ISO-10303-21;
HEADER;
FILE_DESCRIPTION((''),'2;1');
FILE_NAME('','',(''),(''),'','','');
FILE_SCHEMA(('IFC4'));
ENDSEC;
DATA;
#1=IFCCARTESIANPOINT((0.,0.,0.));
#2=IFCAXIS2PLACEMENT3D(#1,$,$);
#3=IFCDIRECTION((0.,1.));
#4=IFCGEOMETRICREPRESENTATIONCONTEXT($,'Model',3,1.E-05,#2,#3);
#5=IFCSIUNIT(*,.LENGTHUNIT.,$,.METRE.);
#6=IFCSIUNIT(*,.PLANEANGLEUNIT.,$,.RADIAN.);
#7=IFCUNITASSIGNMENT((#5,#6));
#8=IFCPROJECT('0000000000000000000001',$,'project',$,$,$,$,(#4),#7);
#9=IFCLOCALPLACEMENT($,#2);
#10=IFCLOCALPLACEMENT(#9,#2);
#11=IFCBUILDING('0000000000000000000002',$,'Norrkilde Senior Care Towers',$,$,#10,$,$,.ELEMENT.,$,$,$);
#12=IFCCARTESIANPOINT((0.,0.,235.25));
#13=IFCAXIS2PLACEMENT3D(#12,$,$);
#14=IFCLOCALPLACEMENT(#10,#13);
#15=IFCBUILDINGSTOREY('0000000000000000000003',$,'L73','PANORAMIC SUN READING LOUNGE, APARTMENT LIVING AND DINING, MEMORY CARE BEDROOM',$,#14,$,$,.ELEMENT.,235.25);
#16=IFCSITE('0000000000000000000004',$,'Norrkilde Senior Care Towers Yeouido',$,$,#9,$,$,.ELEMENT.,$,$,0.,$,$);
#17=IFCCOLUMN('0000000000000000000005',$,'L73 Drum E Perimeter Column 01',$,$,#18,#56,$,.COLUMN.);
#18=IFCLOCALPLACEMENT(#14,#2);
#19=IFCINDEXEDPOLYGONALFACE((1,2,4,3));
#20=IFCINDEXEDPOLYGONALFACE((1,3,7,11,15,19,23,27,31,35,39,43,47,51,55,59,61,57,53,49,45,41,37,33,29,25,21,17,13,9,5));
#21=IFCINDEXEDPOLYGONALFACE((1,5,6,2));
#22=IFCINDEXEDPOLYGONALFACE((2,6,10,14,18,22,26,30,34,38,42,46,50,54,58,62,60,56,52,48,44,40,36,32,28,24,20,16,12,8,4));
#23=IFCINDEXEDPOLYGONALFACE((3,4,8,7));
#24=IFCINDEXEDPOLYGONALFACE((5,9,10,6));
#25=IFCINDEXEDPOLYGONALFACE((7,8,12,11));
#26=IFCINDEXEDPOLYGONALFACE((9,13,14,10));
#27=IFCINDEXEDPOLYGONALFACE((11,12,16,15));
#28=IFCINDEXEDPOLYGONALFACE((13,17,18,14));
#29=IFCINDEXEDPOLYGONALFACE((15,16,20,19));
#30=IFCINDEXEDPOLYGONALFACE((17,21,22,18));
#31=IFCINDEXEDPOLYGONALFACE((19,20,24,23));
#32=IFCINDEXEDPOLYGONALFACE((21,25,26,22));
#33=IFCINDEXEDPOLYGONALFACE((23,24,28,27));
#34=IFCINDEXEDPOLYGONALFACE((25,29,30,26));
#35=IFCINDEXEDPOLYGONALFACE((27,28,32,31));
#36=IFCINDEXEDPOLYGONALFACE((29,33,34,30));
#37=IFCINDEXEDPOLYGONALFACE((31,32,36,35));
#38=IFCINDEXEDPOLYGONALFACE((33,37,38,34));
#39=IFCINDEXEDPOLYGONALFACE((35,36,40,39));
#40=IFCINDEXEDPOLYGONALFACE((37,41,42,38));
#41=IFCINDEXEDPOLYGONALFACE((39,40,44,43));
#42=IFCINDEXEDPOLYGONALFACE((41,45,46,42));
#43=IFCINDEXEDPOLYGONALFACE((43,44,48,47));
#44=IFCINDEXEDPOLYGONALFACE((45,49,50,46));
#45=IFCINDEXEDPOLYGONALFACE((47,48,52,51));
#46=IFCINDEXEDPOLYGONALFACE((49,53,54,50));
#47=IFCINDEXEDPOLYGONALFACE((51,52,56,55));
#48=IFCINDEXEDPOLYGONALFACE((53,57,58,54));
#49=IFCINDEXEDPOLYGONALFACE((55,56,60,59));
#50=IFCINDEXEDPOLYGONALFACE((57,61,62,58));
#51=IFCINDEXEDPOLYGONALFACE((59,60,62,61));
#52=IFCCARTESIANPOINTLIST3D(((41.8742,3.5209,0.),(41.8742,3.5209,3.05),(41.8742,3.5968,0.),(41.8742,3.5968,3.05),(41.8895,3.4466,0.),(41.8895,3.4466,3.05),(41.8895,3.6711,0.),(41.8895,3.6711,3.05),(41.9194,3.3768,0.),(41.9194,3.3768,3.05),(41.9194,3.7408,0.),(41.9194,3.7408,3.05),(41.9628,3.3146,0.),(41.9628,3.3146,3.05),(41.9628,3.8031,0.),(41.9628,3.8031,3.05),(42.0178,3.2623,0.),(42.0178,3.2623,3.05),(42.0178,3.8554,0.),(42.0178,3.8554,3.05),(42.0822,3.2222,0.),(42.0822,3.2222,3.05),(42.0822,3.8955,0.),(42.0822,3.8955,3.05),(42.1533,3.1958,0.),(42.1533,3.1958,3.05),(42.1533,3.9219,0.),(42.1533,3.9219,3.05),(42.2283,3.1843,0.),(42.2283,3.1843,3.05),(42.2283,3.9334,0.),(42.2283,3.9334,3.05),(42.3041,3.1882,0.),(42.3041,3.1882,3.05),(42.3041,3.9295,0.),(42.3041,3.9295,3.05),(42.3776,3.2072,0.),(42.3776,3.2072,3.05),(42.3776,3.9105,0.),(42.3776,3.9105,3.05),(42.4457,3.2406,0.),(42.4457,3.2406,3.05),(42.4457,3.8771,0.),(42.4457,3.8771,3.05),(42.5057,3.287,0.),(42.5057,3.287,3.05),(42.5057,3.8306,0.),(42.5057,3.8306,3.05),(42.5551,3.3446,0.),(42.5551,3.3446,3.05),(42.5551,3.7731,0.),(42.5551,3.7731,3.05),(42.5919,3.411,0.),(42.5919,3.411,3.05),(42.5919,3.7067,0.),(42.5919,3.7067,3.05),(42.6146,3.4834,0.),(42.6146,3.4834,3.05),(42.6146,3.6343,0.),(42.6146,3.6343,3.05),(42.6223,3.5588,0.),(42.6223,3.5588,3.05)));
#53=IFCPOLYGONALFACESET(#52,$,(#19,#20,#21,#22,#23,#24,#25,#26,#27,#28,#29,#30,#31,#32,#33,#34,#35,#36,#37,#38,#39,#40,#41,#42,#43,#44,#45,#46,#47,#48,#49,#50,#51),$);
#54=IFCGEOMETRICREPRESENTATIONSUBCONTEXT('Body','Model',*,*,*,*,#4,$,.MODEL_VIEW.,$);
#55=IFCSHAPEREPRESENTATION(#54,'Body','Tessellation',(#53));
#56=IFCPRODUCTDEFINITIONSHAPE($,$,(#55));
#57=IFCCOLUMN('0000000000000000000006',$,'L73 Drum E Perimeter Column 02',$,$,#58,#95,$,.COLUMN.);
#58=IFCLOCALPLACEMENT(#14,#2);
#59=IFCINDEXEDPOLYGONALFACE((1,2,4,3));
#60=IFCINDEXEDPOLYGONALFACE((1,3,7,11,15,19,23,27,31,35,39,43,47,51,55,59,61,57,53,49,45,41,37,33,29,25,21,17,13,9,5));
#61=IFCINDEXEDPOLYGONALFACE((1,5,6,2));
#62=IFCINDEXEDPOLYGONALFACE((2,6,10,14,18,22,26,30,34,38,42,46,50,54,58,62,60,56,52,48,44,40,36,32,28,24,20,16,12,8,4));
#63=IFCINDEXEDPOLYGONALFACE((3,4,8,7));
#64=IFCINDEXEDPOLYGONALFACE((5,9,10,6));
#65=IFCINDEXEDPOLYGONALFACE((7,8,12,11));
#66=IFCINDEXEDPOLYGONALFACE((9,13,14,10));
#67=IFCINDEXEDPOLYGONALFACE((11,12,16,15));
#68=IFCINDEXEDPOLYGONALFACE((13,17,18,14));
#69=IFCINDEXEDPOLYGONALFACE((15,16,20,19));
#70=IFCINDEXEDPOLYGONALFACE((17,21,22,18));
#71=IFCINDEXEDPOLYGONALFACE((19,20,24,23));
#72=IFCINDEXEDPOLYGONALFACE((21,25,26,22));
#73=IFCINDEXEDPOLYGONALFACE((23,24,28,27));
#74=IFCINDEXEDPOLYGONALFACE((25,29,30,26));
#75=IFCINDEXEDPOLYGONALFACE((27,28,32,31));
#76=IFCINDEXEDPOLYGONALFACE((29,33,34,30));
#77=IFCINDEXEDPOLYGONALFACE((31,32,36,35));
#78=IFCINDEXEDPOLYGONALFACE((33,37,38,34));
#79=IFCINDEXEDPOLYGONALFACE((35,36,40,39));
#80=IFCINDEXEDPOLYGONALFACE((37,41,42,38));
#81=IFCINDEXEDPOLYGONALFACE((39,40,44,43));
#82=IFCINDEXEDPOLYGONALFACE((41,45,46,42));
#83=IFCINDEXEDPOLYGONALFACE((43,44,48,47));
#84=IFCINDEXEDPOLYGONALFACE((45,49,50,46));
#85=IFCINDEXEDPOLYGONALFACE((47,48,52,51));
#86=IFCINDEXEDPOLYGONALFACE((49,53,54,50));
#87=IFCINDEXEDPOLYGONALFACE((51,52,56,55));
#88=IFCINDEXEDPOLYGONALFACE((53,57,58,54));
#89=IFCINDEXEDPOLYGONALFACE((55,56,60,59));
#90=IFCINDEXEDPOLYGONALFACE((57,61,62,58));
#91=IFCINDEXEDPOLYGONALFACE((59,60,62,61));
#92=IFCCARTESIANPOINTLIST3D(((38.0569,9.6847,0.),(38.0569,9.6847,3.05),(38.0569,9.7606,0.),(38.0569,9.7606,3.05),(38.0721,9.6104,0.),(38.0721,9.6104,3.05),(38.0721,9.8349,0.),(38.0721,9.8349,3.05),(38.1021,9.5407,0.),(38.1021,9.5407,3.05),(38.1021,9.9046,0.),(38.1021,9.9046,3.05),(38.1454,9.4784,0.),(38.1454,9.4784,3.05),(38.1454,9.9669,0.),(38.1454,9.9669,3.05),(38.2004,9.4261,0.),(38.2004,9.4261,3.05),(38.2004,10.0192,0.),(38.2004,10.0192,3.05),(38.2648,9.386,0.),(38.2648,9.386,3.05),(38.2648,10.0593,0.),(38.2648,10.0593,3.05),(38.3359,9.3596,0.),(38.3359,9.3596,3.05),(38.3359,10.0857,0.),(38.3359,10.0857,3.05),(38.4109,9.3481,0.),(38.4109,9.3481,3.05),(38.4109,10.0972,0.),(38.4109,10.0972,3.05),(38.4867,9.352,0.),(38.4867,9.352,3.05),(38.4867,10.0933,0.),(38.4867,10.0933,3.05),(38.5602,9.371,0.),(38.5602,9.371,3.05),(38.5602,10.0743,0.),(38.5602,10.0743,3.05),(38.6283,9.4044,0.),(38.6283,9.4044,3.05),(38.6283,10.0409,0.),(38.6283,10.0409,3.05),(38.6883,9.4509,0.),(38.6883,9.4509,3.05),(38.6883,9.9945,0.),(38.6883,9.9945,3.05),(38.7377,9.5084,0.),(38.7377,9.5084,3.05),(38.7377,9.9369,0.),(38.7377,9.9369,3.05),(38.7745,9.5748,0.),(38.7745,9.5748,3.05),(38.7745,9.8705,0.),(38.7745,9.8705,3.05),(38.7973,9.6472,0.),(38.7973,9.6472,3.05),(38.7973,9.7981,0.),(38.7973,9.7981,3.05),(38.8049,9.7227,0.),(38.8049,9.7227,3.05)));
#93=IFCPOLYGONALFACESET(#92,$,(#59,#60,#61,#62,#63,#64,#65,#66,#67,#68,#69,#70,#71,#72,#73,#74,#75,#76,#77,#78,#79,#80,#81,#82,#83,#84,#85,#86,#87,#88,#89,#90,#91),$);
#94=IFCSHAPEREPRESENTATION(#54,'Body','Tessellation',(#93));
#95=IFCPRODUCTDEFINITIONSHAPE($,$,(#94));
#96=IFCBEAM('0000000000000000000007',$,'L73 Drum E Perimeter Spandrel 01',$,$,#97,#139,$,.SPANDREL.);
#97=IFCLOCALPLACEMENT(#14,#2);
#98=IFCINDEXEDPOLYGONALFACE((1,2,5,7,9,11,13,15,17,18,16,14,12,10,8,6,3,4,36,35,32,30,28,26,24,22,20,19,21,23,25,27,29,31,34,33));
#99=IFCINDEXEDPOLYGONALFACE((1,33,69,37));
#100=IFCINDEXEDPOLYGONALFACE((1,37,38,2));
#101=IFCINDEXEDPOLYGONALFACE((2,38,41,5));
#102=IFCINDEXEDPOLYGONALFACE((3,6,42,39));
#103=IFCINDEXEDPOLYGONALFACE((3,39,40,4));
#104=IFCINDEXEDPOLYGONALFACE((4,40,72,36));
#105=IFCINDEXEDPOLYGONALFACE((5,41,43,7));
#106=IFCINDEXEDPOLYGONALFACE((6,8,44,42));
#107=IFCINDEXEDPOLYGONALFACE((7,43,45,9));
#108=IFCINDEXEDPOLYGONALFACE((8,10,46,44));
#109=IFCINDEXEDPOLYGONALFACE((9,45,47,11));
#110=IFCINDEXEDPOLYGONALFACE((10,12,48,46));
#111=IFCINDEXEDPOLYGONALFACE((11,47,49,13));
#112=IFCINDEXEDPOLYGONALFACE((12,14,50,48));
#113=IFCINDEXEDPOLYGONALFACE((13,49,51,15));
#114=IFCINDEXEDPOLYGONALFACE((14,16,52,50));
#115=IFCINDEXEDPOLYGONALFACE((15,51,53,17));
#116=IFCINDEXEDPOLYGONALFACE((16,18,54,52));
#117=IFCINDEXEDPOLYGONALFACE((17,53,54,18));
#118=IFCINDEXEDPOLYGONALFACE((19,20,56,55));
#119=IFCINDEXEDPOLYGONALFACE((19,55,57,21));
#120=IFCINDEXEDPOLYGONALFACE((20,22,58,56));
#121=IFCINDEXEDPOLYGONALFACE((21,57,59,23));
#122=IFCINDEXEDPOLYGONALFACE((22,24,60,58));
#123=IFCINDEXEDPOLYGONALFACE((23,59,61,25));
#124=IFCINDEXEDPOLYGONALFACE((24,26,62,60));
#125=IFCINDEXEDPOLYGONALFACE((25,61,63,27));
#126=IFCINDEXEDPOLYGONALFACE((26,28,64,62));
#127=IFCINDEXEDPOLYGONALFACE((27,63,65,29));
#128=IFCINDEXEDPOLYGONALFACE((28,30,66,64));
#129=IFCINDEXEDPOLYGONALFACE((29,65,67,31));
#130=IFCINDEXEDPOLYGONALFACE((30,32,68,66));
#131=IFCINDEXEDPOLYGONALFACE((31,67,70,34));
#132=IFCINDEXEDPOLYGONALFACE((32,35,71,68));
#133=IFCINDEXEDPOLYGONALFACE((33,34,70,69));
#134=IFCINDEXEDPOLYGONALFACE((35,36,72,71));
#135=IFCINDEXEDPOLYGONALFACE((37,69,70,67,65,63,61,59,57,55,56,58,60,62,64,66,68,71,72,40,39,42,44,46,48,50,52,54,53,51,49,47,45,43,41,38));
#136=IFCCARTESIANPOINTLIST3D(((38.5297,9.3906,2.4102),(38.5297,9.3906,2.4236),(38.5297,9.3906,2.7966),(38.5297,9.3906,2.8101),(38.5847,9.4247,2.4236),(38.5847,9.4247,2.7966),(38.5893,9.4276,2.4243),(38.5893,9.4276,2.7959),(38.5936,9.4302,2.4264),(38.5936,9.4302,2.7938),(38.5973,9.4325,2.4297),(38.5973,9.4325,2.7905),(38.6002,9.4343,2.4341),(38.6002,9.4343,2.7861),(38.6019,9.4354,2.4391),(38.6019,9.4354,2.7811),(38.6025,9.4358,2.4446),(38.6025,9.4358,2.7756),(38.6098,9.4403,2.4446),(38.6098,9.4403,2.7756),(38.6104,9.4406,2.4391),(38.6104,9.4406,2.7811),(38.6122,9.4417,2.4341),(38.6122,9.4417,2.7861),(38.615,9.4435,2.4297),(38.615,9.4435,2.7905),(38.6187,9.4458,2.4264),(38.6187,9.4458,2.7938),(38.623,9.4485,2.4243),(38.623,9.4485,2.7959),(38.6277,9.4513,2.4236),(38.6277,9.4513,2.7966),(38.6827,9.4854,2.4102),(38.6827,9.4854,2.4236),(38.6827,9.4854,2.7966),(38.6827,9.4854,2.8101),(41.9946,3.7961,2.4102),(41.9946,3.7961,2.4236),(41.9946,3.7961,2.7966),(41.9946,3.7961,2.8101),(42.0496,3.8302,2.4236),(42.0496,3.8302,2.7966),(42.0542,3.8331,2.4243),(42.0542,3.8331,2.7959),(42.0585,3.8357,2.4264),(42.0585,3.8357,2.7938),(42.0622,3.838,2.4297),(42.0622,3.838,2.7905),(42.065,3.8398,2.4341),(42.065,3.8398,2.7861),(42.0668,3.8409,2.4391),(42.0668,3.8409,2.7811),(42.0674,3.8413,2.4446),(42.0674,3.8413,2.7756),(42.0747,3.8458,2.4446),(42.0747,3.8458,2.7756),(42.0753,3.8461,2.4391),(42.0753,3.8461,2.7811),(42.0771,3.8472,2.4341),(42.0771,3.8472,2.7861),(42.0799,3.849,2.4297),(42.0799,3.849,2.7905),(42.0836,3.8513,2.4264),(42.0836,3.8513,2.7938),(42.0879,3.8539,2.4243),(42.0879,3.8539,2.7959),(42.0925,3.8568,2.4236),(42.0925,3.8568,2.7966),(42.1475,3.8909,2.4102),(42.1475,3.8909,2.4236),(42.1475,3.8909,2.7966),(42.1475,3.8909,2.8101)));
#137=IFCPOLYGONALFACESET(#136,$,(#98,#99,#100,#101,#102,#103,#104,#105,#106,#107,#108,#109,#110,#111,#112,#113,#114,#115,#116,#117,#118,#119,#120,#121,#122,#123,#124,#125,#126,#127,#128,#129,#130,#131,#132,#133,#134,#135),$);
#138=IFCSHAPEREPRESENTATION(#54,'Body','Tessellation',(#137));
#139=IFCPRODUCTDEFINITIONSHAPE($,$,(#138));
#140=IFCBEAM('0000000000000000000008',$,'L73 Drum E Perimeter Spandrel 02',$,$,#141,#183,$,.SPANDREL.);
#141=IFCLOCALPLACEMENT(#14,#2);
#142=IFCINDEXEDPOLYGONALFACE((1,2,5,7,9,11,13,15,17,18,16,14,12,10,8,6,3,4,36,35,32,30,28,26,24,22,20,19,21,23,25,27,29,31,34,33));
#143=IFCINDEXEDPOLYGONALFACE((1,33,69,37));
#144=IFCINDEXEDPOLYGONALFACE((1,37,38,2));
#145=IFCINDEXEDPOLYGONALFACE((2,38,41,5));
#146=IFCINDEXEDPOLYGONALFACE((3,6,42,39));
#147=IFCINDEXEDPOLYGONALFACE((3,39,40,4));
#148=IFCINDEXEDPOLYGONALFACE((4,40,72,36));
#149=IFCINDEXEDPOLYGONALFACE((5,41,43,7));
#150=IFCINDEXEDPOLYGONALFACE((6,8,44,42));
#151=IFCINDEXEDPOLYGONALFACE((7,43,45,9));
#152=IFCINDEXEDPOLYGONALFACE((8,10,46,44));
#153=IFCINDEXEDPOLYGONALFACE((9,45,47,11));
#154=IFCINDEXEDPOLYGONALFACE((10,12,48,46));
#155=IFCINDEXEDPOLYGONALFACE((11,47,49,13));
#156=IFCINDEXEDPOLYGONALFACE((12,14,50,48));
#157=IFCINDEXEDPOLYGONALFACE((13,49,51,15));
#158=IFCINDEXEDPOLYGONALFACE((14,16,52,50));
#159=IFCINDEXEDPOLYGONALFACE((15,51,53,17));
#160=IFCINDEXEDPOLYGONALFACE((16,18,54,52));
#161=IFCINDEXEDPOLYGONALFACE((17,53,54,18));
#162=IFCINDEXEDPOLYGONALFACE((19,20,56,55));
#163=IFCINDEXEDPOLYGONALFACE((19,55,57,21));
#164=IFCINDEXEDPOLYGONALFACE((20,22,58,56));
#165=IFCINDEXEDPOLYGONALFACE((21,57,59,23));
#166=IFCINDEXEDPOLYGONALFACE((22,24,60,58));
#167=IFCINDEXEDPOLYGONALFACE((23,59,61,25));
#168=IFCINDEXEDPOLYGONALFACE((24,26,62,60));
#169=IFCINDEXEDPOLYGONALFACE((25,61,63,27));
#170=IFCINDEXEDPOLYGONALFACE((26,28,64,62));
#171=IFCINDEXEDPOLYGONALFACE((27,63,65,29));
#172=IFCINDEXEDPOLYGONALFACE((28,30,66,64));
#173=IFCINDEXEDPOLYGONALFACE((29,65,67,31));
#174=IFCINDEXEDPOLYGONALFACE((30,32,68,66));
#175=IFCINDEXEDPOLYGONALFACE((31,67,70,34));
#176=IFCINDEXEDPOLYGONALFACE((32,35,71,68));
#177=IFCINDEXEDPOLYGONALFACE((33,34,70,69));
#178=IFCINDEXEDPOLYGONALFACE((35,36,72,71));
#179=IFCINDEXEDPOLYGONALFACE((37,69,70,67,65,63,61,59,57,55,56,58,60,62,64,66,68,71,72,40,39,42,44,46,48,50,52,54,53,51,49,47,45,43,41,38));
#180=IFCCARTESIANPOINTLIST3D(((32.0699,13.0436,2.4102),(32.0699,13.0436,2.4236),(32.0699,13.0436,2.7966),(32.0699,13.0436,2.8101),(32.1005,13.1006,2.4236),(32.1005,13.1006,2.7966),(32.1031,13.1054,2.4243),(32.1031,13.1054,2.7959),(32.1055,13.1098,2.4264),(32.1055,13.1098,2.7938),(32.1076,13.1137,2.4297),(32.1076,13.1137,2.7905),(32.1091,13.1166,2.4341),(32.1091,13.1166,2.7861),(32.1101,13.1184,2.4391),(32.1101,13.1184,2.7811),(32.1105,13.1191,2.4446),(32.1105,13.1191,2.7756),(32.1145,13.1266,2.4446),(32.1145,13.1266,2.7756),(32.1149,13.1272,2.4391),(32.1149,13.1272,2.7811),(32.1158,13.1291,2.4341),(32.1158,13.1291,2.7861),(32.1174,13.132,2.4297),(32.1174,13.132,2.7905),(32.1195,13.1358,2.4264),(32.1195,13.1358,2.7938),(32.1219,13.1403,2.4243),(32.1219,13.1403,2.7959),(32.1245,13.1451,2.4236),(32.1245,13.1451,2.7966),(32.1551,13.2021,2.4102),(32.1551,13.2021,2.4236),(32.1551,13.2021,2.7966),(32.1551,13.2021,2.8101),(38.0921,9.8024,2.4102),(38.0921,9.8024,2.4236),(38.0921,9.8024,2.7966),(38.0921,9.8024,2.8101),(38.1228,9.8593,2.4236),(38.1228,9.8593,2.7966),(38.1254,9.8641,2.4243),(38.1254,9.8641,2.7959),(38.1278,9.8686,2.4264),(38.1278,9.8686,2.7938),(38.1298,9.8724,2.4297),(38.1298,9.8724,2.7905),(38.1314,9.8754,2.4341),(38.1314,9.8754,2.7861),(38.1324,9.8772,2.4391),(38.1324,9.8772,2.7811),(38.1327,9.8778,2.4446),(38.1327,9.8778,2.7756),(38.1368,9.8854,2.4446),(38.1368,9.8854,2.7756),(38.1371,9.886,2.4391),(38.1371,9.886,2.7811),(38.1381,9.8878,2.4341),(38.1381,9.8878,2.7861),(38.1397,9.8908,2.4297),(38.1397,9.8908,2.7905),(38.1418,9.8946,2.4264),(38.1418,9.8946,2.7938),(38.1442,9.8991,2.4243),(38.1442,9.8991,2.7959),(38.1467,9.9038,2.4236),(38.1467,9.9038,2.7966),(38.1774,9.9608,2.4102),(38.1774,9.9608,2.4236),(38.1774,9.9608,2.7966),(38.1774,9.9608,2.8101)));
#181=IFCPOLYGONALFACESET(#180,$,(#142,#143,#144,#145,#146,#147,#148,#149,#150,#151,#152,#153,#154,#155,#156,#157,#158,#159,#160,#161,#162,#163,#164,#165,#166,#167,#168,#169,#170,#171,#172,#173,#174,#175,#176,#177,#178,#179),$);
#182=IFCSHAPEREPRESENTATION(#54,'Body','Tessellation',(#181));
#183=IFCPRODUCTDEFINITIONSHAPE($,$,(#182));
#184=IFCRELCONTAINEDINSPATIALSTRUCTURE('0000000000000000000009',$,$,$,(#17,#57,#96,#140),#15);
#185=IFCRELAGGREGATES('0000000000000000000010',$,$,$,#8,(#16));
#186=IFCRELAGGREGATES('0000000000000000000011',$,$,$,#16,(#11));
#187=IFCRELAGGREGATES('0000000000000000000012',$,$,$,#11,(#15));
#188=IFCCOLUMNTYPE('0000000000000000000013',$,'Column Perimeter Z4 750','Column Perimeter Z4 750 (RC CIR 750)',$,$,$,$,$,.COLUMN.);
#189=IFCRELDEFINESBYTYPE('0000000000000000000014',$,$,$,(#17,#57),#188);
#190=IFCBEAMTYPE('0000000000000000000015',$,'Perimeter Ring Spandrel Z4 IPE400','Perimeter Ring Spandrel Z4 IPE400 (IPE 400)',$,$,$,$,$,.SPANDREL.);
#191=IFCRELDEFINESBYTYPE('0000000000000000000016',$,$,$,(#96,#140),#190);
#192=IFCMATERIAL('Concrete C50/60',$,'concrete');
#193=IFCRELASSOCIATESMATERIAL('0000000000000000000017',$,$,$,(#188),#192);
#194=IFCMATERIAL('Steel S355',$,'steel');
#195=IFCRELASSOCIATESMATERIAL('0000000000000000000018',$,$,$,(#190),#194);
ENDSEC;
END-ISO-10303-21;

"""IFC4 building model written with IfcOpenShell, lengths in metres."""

from ifc_helpers import new_model, si_unit, direction, frame, origin, origin_2d, place, context, subcontext, project, spatial, circle, i_section, extrude, source, transform, mapped, material, material_profile, profile_set, type_object, type_shapes, element, save


model = new_model("IFC4")

# Units and contexts
model_context = context("Model", 3, precision=1e-05, world=origin(), true_north=direction((0.0, 1.0)))
body_context = subcontext(model_context, "Body", "Model", "MODEL_VIEW")
ifc_project = project(units=[si_unit("LENGTHUNIT", "METRE"), si_unit("PLANEANGLEUNIT", "RADIAN")], contexts=[model_context])

# Site, building, storey
site_placement = place(None, origin())
site = spatial("IfcSite", under=ifc_project, at=site_placement, Name="Norrkilde Senior Care Towers Yeouido", CompositionType="ELEMENT", RefElevation=0.0)
building_placement = place(site_placement, origin())
building = spatial("IfcBuilding", under=site, at=building_placement, Name="Norrkilde Senior Care Towers", CompositionType="ELEMENT")
storey_placement = place(building_placement, frame((0.0, 0.0, 235.25)))
storey = spatial("IfcBuildingStorey", under=building, at=storey_placement, Name="L73", Description="PANORAMIC SUN READING LOUNGE, APARTMENT LIVING AND DINING, MEMORY CARE BEDROOM", CompositionType="ELEMENT", Elevation=235.25)

# Columns
ifc_material_1 = material(Name="Concrete C50/60", Category="concrete")
ifc_material_profile_1 = material_profile(ifc_material_1, circle(Radius=0.375, at=origin_2d()), Name="RC CIR 750")
ifc_profile_set_1 = profile_set([ifc_material_profile_1], Name="Concrete C50/60")
column_type = type_object("IfcColumnType", Name="Column Perimeter Z4 750", Description="Column Perimeter Z4 750 (RC CIR 750)", PredefinedType="COLUMN", material=ifc_profile_set_1)
shared_shape_1 = source(origin(), body_context, "Body", "SweptSolid", [
    extrude(circle(Radius=0.375, at=origin_2d()), origin(), (0.0, 0.0, 1.0), 3.05),
])
type_shapes(column_type, [shared_shape_1])
for number, where, z_axis, x_axis, name in (
    (1, (42.2473, 3.5588, 0.0), (0.0, 0.0, 1.0), (1.0, 0.0, 0.0), "L73 Drum E Perimeter Column 01"),
    (2, (38.4299, 9.7227, 0.0), (0.0, 0.0, 1.0), (1.0, 0.0, 0.0), "L73 Drum E Perimeter Column 02"),
):
    element("IfcColumn", number, at=place(storey_placement, frame(where, z_axis=z_axis, x_axis=x_axis)), inside=storey, type_object=column_type, Name=name, PredefinedType="COLUMN", context=body_context, shape_type="MappedRepresentation", body=[
        mapped(shared_shape_1, transform((0.0, 0.0, 0.0), x_axis=(1.0, 0.0, 0.0), y_axis=(0.0, 1.0, 0.0), z_axis=(0.0, 0.0, 1.0), scale=1.0)),
    ])

# Beams
ifc_material_2 = material(Name="Steel S355", Category="steel")
ifc_material_profile_2 = material_profile(ifc_material_2, i_section(OverallWidth=0.1799, OverallDepth=0.3999, WebThickness=0.0085, FlangeThickness=0.0134, FilletRadius=0.021, at=origin_2d()), Name="IPE 400")
ifc_profile_set_2 = profile_set([ifc_material_profile_2], Name="Steel S355")
beam_type_1 = type_object("IfcBeamType", Name="Perimeter Ring Spandrel Z4 IPE400", Description="Perimeter Ring Spandrel Z4 IPE400 (IPE 400)", PredefinedType="SPANDREL", material=ifc_profile_set_2)
shared_shape_2 = source(origin(), body_context, "Body", "SweptSolid", [
    extrude(i_section(OverallWidth=0.1799, OverallDepth=0.3999, WebThickness=0.0085, FlangeThickness=0.0134, FilletRadius=0.021, at=origin_2d()), origin(), (0.0, 0.0, 1.0), 6.5806),
])
beam_1_placement = place(storey_placement, frame((42.071, 3.8435, 2.6101), z_axis=(-0.52653, 0.850157, 0.0), x_axis=(-0.850157, -0.52653, 0.0)))
element("IfcBeam", 3, at=beam_1_placement, inside=storey, type_object=beam_type_1, Name="L73 Drum E Perimeter Spandrel 01", PredefinedType="SPANDREL", context=body_context, shape_type="MappedRepresentation", body=[
    mapped(shared_shape_2, transform((0.0, 0.0, 0.0), x_axis=(1.0, 0.0, 0.0), y_axis=(0.0, 1.0, 0.0), z_axis=(0.0, 0.0, 1.0), scale=1.0)),
])
shared_shape_3 = source(origin(), body_context, "Body", "SweptSolid", [
    extrude(i_section(OverallWidth=0.1799, OverallDepth=0.3999, WebThickness=0.0085, FlangeThickness=0.0134, FilletRadius=0.021, at=origin_2d()), origin(), (0.0, 0.0, 1.0), 6.8391),
])
type_shapes(beam_type_1, [shared_shape_2, shared_shape_3])
beam_2_placement = place(storey_placement, frame((38.1348, 9.8816, 2.6101), z_axis=(-0.880564, 0.473927, 0.0), x_axis=(-0.473927, -0.880564, 0.0)))
element("IfcBeam", 4, at=beam_2_placement, inside=storey, type_object=beam_type_1, Name="L73 Drum E Perimeter Spandrel 02", PredefinedType="SPANDREL", context=body_context, shape_type="MappedRepresentation", body=[
    mapped(shared_shape_3, transform((0.0, 0.0, 0.0), x_axis=(1.0, 0.0, 0.0), y_axis=(0.0, 1.0, 0.0), z_axis=(0.0, 0.0, 1.0), scale=1.0)),
])

save(model, "model.ifc")
